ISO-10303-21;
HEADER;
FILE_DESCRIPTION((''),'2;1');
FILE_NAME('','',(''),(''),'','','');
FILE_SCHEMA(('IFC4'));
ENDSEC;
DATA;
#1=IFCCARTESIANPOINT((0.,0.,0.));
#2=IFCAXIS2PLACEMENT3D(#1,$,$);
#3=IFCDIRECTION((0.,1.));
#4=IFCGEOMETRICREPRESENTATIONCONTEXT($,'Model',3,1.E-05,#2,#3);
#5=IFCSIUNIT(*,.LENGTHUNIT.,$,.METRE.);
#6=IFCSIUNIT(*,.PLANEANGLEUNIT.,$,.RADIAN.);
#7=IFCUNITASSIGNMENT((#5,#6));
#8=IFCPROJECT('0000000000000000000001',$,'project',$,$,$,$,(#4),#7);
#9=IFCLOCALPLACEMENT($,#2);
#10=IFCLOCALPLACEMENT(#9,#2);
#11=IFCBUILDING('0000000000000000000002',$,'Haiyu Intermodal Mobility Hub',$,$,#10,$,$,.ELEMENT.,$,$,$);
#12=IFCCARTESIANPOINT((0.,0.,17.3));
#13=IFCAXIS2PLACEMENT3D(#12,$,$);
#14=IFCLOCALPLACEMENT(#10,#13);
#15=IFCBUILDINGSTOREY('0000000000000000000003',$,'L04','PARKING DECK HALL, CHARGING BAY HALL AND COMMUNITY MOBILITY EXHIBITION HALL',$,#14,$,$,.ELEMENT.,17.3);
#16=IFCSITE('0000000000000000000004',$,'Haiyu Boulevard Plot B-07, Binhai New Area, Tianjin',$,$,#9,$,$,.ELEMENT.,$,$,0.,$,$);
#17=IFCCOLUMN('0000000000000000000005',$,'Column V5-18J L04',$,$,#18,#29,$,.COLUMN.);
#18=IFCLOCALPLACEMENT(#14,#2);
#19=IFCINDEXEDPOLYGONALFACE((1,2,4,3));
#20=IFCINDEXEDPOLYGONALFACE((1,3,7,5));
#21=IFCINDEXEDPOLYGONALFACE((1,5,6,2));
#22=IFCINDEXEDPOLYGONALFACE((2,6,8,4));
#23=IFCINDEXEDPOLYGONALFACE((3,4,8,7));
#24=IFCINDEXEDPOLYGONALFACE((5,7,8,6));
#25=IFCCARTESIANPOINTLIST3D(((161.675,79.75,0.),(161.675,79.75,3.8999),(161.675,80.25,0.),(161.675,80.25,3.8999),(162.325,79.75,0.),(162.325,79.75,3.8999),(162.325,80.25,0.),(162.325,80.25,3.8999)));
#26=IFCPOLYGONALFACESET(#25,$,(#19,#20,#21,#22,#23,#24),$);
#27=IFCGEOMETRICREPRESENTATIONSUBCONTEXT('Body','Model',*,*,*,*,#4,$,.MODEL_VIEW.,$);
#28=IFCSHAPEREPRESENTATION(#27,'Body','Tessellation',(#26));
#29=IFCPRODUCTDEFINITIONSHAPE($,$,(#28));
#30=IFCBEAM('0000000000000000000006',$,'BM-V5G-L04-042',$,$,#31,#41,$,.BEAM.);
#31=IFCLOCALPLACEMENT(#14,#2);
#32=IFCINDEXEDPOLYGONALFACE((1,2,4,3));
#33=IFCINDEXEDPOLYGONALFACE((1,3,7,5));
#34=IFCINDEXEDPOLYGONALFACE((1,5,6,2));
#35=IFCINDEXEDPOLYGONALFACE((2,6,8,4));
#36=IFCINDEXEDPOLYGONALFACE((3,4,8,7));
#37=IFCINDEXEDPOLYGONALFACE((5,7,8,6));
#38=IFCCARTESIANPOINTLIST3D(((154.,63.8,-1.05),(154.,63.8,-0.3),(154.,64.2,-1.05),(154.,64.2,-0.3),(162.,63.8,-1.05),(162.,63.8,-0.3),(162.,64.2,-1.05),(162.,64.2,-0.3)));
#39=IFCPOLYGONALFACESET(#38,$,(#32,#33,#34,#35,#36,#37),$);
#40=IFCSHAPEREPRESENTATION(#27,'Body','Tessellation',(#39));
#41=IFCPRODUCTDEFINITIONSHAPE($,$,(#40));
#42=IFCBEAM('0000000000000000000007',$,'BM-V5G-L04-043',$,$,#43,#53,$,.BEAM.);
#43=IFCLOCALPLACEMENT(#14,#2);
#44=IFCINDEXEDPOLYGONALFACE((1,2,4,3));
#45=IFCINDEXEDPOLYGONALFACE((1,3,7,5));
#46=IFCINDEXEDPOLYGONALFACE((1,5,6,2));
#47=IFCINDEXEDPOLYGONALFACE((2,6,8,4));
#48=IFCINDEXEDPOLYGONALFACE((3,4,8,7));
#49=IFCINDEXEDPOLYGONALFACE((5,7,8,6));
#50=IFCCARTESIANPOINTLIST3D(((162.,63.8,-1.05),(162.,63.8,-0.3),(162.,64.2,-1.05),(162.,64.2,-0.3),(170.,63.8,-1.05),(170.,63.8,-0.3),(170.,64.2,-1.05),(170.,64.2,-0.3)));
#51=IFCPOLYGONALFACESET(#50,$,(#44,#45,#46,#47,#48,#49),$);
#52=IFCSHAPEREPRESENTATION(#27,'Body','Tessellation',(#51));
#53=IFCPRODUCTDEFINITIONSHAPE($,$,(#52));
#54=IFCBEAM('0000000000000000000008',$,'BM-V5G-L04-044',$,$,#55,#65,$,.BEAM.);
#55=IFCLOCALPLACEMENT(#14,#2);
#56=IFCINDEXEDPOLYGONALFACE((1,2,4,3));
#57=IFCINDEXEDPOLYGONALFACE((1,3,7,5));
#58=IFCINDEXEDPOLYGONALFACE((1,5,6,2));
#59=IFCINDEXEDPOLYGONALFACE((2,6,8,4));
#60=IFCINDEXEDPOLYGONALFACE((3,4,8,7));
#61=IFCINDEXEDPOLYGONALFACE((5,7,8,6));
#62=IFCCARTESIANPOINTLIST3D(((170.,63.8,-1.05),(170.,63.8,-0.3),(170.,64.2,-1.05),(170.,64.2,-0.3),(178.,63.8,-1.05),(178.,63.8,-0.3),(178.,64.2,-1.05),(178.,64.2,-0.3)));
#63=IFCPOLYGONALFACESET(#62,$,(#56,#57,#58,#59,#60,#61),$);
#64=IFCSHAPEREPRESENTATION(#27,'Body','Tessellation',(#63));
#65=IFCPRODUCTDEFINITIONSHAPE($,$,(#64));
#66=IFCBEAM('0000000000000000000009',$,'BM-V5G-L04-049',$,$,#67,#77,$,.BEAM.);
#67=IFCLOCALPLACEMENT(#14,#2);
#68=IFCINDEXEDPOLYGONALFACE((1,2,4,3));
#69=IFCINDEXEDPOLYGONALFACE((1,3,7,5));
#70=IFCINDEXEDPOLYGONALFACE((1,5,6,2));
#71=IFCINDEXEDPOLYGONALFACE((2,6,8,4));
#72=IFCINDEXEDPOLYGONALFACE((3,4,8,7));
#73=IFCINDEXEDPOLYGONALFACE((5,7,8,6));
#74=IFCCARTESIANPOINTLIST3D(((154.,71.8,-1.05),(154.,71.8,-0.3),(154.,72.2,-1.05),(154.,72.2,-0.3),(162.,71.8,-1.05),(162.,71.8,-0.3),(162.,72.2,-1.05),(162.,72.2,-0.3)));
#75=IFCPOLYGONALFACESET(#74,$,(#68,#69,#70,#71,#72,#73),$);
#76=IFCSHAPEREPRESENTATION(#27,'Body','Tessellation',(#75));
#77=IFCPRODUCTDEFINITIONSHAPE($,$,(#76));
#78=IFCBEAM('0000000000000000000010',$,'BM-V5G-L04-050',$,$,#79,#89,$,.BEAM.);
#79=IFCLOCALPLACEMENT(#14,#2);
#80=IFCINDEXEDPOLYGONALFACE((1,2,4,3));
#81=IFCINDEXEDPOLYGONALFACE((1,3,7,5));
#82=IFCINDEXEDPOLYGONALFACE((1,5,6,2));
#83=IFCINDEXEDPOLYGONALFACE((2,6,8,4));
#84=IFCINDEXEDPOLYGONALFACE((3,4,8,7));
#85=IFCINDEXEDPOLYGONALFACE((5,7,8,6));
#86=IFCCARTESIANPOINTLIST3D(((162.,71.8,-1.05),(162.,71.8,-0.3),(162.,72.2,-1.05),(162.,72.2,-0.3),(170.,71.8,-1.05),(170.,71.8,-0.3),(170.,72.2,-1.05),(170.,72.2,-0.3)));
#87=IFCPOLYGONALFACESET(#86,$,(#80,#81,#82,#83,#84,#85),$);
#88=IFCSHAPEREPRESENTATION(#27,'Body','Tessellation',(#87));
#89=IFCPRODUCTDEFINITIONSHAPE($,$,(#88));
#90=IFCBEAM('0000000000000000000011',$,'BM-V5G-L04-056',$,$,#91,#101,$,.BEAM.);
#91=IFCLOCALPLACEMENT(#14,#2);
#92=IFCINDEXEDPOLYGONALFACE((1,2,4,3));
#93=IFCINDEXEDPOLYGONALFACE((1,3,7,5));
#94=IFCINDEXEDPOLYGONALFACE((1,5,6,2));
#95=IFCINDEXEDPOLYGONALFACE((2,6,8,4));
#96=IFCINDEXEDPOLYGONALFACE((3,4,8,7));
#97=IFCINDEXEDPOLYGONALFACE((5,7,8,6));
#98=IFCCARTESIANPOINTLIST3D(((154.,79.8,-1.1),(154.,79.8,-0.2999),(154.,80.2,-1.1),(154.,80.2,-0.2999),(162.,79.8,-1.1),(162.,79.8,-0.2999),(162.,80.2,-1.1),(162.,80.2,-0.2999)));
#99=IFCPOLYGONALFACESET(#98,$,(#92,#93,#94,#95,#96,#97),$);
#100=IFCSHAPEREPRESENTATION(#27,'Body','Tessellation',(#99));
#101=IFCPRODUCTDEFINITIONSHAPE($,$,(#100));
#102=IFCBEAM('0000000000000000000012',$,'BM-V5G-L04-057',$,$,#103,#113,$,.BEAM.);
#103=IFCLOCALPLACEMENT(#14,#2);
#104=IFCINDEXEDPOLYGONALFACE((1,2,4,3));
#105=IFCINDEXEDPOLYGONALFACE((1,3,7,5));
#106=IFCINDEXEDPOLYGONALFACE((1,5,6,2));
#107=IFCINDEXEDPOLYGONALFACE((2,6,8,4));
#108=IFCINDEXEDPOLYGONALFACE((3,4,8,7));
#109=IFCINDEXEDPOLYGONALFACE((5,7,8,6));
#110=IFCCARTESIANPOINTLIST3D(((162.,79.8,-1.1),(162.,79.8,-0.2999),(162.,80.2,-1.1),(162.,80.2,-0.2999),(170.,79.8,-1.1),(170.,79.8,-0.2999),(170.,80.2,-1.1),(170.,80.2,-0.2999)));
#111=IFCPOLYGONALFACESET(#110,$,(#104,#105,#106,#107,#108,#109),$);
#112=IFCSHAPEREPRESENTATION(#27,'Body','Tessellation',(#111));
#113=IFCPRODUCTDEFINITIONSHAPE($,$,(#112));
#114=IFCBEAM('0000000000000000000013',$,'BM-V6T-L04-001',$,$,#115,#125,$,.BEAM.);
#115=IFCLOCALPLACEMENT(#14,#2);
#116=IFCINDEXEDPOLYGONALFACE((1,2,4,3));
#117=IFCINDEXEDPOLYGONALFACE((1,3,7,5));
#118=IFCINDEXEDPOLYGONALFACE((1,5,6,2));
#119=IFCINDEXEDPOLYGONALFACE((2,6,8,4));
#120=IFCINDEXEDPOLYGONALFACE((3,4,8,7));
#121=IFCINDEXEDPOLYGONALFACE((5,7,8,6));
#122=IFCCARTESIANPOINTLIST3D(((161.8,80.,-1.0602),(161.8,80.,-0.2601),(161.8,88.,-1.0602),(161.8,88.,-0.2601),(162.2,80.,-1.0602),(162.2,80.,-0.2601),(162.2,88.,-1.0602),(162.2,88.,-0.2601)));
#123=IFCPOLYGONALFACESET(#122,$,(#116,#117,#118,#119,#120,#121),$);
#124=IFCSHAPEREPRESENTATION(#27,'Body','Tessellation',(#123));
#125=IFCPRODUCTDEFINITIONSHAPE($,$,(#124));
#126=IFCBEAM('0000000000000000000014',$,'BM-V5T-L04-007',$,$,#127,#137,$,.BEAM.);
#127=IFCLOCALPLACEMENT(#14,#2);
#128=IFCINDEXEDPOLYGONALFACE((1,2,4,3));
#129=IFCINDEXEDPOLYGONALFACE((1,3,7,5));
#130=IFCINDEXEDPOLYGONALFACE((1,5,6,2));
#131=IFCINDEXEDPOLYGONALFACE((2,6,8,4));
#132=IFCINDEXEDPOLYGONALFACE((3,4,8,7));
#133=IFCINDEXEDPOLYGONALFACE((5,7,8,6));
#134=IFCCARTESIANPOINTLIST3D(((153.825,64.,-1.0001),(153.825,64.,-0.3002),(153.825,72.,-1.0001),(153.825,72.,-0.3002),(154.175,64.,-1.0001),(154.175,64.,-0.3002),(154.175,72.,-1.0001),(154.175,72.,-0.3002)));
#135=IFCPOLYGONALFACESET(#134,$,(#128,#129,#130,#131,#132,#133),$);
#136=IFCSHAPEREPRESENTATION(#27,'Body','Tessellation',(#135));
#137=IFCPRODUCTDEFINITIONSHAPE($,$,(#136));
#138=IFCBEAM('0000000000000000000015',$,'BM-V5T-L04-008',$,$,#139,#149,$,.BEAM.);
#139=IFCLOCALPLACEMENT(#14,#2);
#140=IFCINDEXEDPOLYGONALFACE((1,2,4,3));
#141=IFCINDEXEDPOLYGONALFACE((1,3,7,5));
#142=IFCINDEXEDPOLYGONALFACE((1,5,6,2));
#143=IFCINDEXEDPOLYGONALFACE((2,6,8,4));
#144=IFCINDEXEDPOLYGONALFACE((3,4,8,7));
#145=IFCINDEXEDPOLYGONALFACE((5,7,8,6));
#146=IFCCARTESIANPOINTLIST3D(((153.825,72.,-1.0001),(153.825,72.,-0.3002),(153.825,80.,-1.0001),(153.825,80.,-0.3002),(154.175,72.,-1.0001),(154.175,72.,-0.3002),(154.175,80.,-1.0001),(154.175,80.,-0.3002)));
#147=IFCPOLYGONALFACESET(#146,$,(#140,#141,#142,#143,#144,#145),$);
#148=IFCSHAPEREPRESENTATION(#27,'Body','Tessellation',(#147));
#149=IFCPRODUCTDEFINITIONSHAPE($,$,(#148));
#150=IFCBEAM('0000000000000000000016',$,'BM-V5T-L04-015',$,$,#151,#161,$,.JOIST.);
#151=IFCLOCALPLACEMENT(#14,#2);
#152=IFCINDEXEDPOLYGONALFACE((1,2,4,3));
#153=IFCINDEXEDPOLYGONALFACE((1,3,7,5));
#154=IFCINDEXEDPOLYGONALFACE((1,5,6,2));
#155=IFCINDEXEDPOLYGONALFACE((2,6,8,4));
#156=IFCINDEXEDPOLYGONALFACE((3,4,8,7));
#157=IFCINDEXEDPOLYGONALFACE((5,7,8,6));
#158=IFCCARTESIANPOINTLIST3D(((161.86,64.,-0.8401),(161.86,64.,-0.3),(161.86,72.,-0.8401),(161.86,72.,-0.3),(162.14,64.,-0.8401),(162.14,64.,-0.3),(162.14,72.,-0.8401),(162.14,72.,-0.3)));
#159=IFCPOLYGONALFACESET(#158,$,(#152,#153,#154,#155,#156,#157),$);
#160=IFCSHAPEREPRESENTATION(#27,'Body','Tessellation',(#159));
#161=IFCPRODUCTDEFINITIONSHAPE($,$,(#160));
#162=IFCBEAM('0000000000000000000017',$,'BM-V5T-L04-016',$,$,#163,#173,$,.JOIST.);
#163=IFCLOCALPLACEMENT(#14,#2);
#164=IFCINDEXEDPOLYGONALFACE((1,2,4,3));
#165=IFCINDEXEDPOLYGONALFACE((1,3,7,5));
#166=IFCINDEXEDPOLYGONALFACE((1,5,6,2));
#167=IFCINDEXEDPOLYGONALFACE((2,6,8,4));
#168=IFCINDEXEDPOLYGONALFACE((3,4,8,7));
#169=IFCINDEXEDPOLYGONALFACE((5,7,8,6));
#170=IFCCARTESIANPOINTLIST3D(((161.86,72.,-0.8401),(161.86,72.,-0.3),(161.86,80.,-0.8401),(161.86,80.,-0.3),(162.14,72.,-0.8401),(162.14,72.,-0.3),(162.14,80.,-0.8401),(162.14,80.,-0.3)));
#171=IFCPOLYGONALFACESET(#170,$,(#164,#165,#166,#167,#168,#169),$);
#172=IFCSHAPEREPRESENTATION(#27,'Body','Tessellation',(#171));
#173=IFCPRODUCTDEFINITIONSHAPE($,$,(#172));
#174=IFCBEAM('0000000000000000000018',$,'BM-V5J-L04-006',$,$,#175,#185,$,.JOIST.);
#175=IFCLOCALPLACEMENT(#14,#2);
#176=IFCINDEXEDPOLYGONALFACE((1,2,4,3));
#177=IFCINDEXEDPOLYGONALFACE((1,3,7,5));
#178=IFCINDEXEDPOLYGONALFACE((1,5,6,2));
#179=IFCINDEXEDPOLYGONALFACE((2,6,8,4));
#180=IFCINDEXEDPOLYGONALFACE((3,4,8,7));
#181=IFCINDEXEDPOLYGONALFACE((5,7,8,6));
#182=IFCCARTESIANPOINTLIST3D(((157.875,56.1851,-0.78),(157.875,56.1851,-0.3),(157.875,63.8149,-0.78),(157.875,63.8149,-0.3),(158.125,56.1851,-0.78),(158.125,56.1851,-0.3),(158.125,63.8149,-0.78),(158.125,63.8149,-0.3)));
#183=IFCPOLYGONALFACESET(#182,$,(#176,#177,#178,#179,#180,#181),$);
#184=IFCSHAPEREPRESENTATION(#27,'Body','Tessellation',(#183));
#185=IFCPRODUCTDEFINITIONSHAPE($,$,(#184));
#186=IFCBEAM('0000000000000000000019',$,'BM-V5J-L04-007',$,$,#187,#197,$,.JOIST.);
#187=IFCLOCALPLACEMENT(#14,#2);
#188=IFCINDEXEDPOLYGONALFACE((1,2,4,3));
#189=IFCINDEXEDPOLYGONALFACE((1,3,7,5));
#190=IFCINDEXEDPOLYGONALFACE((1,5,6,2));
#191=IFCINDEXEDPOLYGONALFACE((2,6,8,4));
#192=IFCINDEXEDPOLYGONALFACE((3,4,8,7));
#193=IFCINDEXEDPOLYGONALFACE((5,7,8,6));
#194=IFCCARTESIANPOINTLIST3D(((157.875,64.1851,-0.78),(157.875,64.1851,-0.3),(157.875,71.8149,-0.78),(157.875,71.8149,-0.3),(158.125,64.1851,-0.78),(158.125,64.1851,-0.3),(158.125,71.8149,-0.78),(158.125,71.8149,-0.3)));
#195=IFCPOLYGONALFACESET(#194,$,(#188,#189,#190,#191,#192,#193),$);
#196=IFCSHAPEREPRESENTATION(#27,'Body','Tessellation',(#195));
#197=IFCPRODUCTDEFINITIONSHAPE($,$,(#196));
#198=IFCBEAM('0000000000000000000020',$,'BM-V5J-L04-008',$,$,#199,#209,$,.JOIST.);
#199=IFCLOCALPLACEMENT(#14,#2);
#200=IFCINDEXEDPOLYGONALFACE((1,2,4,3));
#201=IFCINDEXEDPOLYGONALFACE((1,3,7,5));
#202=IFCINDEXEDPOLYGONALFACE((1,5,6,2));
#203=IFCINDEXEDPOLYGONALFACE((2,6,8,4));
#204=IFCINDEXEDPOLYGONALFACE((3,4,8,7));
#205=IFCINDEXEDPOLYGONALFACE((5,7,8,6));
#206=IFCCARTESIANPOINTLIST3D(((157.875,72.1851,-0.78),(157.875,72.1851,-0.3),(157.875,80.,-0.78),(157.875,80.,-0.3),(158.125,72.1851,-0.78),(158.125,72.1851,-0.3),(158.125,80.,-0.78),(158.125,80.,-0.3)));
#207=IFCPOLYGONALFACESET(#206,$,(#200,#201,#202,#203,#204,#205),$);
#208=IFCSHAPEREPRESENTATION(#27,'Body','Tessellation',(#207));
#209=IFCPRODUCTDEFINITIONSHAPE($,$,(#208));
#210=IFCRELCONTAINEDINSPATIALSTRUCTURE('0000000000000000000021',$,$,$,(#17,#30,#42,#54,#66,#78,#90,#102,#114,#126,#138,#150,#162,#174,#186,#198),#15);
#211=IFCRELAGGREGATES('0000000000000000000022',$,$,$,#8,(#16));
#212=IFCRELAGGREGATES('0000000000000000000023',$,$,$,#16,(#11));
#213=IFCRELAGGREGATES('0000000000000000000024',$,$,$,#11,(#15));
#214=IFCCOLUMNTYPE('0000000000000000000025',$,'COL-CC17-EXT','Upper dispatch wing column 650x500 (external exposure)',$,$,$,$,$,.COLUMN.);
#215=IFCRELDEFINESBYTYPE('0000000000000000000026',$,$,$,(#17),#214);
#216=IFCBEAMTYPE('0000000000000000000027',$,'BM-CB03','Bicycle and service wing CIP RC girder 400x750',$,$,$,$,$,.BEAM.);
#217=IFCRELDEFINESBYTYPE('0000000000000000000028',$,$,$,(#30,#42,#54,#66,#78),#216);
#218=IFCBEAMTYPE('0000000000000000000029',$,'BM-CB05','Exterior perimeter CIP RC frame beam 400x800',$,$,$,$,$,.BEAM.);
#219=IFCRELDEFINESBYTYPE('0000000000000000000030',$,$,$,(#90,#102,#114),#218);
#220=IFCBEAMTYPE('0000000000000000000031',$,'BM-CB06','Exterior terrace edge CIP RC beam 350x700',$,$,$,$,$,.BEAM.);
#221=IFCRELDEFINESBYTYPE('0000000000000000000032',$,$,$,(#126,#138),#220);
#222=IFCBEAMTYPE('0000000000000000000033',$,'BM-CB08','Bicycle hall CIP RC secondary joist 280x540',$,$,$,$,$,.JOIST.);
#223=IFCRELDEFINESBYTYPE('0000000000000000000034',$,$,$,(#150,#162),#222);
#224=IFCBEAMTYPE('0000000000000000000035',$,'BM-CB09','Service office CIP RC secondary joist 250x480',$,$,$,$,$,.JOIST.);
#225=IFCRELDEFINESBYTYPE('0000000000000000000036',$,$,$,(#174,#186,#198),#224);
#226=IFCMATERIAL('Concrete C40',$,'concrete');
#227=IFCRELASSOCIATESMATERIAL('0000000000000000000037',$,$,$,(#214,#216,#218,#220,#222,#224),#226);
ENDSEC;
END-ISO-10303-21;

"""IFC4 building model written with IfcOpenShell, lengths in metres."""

from ifc_helpers import new_model, si_unit, direction, frame, origin, origin_2d, place, context, subcontext, project, spatial, rectangle, extrude, material, material_profile, profile_set, type_object, element, save


model = new_model("IFC4")

# Units and contexts
model_context = context("Model", 3, precision=1e-05, world=origin(), true_north=direction((0.0, 1.0)))
body_context = subcontext(model_context, "Body", "Model", "MODEL_VIEW")
ifc_project = project(units=[si_unit("LENGTHUNIT", "METRE"), si_unit("PLANEANGLEUNIT", "RADIAN")], contexts=[model_context])

# Site, building, storey
site_placement = place(None, origin())
site = spatial("IfcSite", under=ifc_project, at=site_placement, Name="Haiyu Boulevard Plot B-07, Binhai New Area, Tianjin", CompositionType="ELEMENT", RefElevation=0.0)
building_placement = place(site_placement, origin())
building = spatial("IfcBuilding", under=site, at=building_placement, Name="Haiyu Intermodal Mobility Hub", CompositionType="ELEMENT")
storey_placement = place(building_placement, frame((0.0, 0.0, 17.3)))
storey = spatial("IfcBuildingStorey", under=building, at=storey_placement, Name="L04", Description="PARKING DECK HALL, CHARGING BAY HALL AND COMMUNITY MOBILITY EXHIBITION HALL", CompositionType="ELEMENT", Elevation=17.3)

# Column
ifc_material_1 = material(Name="Concrete C40", Category="concrete")
ifc_material_profile_1 = material_profile(ifc_material_1, rectangle(XDim=0.6499, YDim=0.5, at=origin_2d()), Name="C650x500")
ifc_profile_set_1 = profile_set([ifc_material_profile_1], Name="Concrete C40")
column_type = type_object("IfcColumnType", Name="COL-CC17-EXT", Description="Upper dispatch wing column 650x500 (external exposure)", PredefinedType="COLUMN", material=ifc_profile_set_1)
column_placement = place(storey_placement, frame((162.0, 80.0, 0.0), z_axis=(0.0, 0.0, 1.0), x_axis=(1.0, 0.0, 0.0)))
element("IfcColumn", 1, at=column_placement, inside=storey, type_object=column_type, Name="Column V5-18J L04", PredefinedType="COLUMN", context=body_context, shape_type="SweptSolid", body=[
    extrude(rectangle(XDim=0.6499, YDim=0.5, at=origin_2d()), origin(), (0.0, 0.0, 1.0), 3.8999),
])

# Beams
ifc_material_profile_2 = material_profile(ifc_material_1, rectangle(XDim=0.3999, YDim=0.75, at=origin_2d()), Name="RCB400x750")
ifc_profile_set_2 = profile_set([ifc_material_profile_2], Name="Concrete C40")
beam_type_1 = type_object("IfcBeamType", Name="BM-CB03", Description="Bicycle and service wing CIP RC girder 400x750", PredefinedType="BEAM", material=ifc_profile_set_2)
for number, where, z_axis, x_axis, name in (
    (2, (154.0, 64.0, -0.675), (1.0, 0.0, 0.0), (0.0, 1.0, 0.0), "BM-V5G-L04-042"),
    (3, (162.0, 64.0, -0.675), (1.0, 0.0, 0.0), (0.0, 1.0, 0.0), "BM-V5G-L04-043"),
    (4, (170.0, 64.0, -0.675), (1.0, 0.0, 0.0), (0.0, 1.0, 0.0), "BM-V5G-L04-044"),
    (5, (154.0, 72.0, -0.675), (1.0, 0.0, 0.0), (0.0, 1.0, 0.0), "BM-V5G-L04-049"),
    (6, (162.0, 72.0, -0.675), (1.0, 0.0, 0.0), (0.0, 1.0, 0.0), "BM-V5G-L04-050"),
):
    element("IfcBeam", number, at=place(storey_placement, frame(where, z_axis=z_axis, x_axis=x_axis)), inside=storey, type_object=beam_type_1, Name=name, PredefinedType="BEAM", context=body_context, shape_type="SweptSolid", body=[
        extrude(rectangle(XDim=0.3999, YDim=0.75, at=origin_2d()), origin(), (0.0, 0.0, 1.0), 8.0),
    ])
ifc_material_profile_3 = material_profile(ifc_material_1, rectangle(XDim=0.3999, YDim=0.8, at=origin_2d()), Name="RCB400x800")
ifc_profile_set_3 = profile_set([ifc_material_profile_3], Name="Concrete C40")
beam_type_2 = type_object("IfcBeamType", Name="BM-CB05", Description="Exterior perimeter CIP RC frame beam 400x800", PredefinedType="BEAM", material=ifc_profile_set_3)
for number, where, z_axis, x_axis, name in (
    (7, (154.0, 80.0, -0.7), (1.0, 0.0, 0.0), (0.0, 1.0, 0.0), "BM-V5G-L04-056"),
    (8, (162.0, 80.0, -0.7), (1.0, 0.0, 0.0), (0.0, 1.0, 0.0), "BM-V5G-L04-057"),
    (9, (162.0, 80.0, -0.6602), (0.0, 1.0, 0.0), (-1.0, 0.0, 0.0), "BM-V6T-L04-001"),
):
    element("IfcBeam", number, at=place(storey_placement, frame(where, z_axis=z_axis, x_axis=x_axis)), inside=storey, type_object=beam_type_2, Name=name, PredefinedType="BEAM", context=body_context, shape_type="SweptSolid", body=[
        extrude(rectangle(XDim=0.3999, YDim=0.8, at=origin_2d()), origin(), (0.0, 0.0, 1.0), 8.0),
    ])
ifc_material_profile_4 = material_profile(ifc_material_1, rectangle(XDim=0.3501, YDim=0.7, at=origin_2d()), Name="RCB350x700")
ifc_profile_set_4 = profile_set([ifc_material_profile_4], Name="Concrete C40")
beam_type_3 = type_object("IfcBeamType", Name="BM-CB06", Description="Exterior terrace edge CIP RC beam 350x700", PredefinedType="BEAM", material=ifc_profile_set_4)
for number, where, z_axis, x_axis, name in (
    (10, (154.0, 64.0, -0.6501), (0.0, 1.0, 0.0), (-1.0, 0.0, 0.0), "BM-V5T-L04-007"),
    (11, (154.0, 72.0, -0.6501), (0.0, 1.0, 0.0), (-1.0, 0.0, 0.0), "BM-V5T-L04-008"),
):
    element("IfcBeam", number, at=place(storey_placement, frame(where, z_axis=z_axis, x_axis=x_axis)), inside=storey, type_object=beam_type_3, Name=name, PredefinedType="BEAM", context=body_context, shape_type="SweptSolid", body=[
        extrude(rectangle(XDim=0.3501, YDim=0.7, at=origin_2d()), origin(), (0.0, 0.0, 1.0), 8.0),
    ])
ifc_material_profile_5 = material_profile(ifc_material_1, rectangle(XDim=0.28, YDim=0.54, at=origin_2d()), Name="RCB280x540")
ifc_profile_set_5 = profile_set([ifc_material_profile_5], Name="Concrete C40")
beam_type_4 = type_object("IfcBeamType", Name="BM-CB08", Description="Bicycle hall CIP RC secondary joist 280x540", PredefinedType="JOIST", material=ifc_profile_set_5)
for number, where, z_axis, x_axis, name in (
    (12, (162.0, 64.0, -0.5701), (0.0, 1.0, 0.0), (-1.0, 0.0, 0.0), "BM-V5T-L04-015"),
    (13, (162.0, 72.0, -0.5701), (0.0, 1.0, 0.0), (-1.0, 0.0, 0.0), "BM-V5T-L04-016"),
):
    element("IfcBeam", number, at=place(storey_placement, frame(where, z_axis=z_axis, x_axis=x_axis)), inside=storey, type_object=beam_type_4, Name=name, PredefinedType="JOIST", context=body_context, shape_type="SweptSolid", body=[
        extrude(rectangle(XDim=0.28, YDim=0.54, at=origin_2d()), origin(), (0.0, 0.0, 1.0), 8.0),
    ])
ifc_material_profile_6 = material_profile(ifc_material_1, rectangle(XDim=0.25, YDim=0.48, at=origin_2d()), Name="RCB250x480")
ifc_profile_set_6 = profile_set([ifc_material_profile_6], Name="Concrete C40")
beam_type_5 = type_object("IfcBeamType", Name="BM-CB09", Description="Service office CIP RC secondary joist 250x480", PredefinedType="JOIST", material=ifc_profile_set_6)
for number, where, z_axis, x_axis, name in (
    (14, (158.0, 56.1851, -0.54), (0.0, 1.0, 0.0), (-1.0, 0.0, 0.0), "BM-V5J-L04-006"),
    (15, (158.0, 64.1851, -0.54), (0.0, 1.0, 0.0), (-1.0, 0.0, 0.0), "BM-V5J-L04-007"),
):
    element("IfcBeam", number, at=place(storey_placement, frame(where, z_axis=z_axis, x_axis=x_axis)), inside=storey, type_object=beam_type_5, Name=name, PredefinedType="JOIST", context=body_context, shape_type="SweptSolid", body=[
        extrude(rectangle(XDim=0.25, YDim=0.48, at=origin_2d()), origin(), (0.0, 0.0, 1.0), 7.6299),
    ])
beam_1_placement = place(storey_placement, frame((158.0, 72.1851, -0.54), z_axis=(0.0, 1.0, 0.0), x_axis=(-1.0, 0.0, 0.0)))
element("IfcBeam", 16, at=beam_1_placement, inside=storey, type_object=beam_type_5, Name="BM-V5J-L04-008", PredefinedType="JOIST", context=body_context, shape_type="SweptSolid", body=[
    extrude(rectangle(XDim=0.25, YDim=0.48, at=origin_2d()), origin(), (0.0, 0.0, 1.0), 7.8149),
])

save(model, "model.ifc")
